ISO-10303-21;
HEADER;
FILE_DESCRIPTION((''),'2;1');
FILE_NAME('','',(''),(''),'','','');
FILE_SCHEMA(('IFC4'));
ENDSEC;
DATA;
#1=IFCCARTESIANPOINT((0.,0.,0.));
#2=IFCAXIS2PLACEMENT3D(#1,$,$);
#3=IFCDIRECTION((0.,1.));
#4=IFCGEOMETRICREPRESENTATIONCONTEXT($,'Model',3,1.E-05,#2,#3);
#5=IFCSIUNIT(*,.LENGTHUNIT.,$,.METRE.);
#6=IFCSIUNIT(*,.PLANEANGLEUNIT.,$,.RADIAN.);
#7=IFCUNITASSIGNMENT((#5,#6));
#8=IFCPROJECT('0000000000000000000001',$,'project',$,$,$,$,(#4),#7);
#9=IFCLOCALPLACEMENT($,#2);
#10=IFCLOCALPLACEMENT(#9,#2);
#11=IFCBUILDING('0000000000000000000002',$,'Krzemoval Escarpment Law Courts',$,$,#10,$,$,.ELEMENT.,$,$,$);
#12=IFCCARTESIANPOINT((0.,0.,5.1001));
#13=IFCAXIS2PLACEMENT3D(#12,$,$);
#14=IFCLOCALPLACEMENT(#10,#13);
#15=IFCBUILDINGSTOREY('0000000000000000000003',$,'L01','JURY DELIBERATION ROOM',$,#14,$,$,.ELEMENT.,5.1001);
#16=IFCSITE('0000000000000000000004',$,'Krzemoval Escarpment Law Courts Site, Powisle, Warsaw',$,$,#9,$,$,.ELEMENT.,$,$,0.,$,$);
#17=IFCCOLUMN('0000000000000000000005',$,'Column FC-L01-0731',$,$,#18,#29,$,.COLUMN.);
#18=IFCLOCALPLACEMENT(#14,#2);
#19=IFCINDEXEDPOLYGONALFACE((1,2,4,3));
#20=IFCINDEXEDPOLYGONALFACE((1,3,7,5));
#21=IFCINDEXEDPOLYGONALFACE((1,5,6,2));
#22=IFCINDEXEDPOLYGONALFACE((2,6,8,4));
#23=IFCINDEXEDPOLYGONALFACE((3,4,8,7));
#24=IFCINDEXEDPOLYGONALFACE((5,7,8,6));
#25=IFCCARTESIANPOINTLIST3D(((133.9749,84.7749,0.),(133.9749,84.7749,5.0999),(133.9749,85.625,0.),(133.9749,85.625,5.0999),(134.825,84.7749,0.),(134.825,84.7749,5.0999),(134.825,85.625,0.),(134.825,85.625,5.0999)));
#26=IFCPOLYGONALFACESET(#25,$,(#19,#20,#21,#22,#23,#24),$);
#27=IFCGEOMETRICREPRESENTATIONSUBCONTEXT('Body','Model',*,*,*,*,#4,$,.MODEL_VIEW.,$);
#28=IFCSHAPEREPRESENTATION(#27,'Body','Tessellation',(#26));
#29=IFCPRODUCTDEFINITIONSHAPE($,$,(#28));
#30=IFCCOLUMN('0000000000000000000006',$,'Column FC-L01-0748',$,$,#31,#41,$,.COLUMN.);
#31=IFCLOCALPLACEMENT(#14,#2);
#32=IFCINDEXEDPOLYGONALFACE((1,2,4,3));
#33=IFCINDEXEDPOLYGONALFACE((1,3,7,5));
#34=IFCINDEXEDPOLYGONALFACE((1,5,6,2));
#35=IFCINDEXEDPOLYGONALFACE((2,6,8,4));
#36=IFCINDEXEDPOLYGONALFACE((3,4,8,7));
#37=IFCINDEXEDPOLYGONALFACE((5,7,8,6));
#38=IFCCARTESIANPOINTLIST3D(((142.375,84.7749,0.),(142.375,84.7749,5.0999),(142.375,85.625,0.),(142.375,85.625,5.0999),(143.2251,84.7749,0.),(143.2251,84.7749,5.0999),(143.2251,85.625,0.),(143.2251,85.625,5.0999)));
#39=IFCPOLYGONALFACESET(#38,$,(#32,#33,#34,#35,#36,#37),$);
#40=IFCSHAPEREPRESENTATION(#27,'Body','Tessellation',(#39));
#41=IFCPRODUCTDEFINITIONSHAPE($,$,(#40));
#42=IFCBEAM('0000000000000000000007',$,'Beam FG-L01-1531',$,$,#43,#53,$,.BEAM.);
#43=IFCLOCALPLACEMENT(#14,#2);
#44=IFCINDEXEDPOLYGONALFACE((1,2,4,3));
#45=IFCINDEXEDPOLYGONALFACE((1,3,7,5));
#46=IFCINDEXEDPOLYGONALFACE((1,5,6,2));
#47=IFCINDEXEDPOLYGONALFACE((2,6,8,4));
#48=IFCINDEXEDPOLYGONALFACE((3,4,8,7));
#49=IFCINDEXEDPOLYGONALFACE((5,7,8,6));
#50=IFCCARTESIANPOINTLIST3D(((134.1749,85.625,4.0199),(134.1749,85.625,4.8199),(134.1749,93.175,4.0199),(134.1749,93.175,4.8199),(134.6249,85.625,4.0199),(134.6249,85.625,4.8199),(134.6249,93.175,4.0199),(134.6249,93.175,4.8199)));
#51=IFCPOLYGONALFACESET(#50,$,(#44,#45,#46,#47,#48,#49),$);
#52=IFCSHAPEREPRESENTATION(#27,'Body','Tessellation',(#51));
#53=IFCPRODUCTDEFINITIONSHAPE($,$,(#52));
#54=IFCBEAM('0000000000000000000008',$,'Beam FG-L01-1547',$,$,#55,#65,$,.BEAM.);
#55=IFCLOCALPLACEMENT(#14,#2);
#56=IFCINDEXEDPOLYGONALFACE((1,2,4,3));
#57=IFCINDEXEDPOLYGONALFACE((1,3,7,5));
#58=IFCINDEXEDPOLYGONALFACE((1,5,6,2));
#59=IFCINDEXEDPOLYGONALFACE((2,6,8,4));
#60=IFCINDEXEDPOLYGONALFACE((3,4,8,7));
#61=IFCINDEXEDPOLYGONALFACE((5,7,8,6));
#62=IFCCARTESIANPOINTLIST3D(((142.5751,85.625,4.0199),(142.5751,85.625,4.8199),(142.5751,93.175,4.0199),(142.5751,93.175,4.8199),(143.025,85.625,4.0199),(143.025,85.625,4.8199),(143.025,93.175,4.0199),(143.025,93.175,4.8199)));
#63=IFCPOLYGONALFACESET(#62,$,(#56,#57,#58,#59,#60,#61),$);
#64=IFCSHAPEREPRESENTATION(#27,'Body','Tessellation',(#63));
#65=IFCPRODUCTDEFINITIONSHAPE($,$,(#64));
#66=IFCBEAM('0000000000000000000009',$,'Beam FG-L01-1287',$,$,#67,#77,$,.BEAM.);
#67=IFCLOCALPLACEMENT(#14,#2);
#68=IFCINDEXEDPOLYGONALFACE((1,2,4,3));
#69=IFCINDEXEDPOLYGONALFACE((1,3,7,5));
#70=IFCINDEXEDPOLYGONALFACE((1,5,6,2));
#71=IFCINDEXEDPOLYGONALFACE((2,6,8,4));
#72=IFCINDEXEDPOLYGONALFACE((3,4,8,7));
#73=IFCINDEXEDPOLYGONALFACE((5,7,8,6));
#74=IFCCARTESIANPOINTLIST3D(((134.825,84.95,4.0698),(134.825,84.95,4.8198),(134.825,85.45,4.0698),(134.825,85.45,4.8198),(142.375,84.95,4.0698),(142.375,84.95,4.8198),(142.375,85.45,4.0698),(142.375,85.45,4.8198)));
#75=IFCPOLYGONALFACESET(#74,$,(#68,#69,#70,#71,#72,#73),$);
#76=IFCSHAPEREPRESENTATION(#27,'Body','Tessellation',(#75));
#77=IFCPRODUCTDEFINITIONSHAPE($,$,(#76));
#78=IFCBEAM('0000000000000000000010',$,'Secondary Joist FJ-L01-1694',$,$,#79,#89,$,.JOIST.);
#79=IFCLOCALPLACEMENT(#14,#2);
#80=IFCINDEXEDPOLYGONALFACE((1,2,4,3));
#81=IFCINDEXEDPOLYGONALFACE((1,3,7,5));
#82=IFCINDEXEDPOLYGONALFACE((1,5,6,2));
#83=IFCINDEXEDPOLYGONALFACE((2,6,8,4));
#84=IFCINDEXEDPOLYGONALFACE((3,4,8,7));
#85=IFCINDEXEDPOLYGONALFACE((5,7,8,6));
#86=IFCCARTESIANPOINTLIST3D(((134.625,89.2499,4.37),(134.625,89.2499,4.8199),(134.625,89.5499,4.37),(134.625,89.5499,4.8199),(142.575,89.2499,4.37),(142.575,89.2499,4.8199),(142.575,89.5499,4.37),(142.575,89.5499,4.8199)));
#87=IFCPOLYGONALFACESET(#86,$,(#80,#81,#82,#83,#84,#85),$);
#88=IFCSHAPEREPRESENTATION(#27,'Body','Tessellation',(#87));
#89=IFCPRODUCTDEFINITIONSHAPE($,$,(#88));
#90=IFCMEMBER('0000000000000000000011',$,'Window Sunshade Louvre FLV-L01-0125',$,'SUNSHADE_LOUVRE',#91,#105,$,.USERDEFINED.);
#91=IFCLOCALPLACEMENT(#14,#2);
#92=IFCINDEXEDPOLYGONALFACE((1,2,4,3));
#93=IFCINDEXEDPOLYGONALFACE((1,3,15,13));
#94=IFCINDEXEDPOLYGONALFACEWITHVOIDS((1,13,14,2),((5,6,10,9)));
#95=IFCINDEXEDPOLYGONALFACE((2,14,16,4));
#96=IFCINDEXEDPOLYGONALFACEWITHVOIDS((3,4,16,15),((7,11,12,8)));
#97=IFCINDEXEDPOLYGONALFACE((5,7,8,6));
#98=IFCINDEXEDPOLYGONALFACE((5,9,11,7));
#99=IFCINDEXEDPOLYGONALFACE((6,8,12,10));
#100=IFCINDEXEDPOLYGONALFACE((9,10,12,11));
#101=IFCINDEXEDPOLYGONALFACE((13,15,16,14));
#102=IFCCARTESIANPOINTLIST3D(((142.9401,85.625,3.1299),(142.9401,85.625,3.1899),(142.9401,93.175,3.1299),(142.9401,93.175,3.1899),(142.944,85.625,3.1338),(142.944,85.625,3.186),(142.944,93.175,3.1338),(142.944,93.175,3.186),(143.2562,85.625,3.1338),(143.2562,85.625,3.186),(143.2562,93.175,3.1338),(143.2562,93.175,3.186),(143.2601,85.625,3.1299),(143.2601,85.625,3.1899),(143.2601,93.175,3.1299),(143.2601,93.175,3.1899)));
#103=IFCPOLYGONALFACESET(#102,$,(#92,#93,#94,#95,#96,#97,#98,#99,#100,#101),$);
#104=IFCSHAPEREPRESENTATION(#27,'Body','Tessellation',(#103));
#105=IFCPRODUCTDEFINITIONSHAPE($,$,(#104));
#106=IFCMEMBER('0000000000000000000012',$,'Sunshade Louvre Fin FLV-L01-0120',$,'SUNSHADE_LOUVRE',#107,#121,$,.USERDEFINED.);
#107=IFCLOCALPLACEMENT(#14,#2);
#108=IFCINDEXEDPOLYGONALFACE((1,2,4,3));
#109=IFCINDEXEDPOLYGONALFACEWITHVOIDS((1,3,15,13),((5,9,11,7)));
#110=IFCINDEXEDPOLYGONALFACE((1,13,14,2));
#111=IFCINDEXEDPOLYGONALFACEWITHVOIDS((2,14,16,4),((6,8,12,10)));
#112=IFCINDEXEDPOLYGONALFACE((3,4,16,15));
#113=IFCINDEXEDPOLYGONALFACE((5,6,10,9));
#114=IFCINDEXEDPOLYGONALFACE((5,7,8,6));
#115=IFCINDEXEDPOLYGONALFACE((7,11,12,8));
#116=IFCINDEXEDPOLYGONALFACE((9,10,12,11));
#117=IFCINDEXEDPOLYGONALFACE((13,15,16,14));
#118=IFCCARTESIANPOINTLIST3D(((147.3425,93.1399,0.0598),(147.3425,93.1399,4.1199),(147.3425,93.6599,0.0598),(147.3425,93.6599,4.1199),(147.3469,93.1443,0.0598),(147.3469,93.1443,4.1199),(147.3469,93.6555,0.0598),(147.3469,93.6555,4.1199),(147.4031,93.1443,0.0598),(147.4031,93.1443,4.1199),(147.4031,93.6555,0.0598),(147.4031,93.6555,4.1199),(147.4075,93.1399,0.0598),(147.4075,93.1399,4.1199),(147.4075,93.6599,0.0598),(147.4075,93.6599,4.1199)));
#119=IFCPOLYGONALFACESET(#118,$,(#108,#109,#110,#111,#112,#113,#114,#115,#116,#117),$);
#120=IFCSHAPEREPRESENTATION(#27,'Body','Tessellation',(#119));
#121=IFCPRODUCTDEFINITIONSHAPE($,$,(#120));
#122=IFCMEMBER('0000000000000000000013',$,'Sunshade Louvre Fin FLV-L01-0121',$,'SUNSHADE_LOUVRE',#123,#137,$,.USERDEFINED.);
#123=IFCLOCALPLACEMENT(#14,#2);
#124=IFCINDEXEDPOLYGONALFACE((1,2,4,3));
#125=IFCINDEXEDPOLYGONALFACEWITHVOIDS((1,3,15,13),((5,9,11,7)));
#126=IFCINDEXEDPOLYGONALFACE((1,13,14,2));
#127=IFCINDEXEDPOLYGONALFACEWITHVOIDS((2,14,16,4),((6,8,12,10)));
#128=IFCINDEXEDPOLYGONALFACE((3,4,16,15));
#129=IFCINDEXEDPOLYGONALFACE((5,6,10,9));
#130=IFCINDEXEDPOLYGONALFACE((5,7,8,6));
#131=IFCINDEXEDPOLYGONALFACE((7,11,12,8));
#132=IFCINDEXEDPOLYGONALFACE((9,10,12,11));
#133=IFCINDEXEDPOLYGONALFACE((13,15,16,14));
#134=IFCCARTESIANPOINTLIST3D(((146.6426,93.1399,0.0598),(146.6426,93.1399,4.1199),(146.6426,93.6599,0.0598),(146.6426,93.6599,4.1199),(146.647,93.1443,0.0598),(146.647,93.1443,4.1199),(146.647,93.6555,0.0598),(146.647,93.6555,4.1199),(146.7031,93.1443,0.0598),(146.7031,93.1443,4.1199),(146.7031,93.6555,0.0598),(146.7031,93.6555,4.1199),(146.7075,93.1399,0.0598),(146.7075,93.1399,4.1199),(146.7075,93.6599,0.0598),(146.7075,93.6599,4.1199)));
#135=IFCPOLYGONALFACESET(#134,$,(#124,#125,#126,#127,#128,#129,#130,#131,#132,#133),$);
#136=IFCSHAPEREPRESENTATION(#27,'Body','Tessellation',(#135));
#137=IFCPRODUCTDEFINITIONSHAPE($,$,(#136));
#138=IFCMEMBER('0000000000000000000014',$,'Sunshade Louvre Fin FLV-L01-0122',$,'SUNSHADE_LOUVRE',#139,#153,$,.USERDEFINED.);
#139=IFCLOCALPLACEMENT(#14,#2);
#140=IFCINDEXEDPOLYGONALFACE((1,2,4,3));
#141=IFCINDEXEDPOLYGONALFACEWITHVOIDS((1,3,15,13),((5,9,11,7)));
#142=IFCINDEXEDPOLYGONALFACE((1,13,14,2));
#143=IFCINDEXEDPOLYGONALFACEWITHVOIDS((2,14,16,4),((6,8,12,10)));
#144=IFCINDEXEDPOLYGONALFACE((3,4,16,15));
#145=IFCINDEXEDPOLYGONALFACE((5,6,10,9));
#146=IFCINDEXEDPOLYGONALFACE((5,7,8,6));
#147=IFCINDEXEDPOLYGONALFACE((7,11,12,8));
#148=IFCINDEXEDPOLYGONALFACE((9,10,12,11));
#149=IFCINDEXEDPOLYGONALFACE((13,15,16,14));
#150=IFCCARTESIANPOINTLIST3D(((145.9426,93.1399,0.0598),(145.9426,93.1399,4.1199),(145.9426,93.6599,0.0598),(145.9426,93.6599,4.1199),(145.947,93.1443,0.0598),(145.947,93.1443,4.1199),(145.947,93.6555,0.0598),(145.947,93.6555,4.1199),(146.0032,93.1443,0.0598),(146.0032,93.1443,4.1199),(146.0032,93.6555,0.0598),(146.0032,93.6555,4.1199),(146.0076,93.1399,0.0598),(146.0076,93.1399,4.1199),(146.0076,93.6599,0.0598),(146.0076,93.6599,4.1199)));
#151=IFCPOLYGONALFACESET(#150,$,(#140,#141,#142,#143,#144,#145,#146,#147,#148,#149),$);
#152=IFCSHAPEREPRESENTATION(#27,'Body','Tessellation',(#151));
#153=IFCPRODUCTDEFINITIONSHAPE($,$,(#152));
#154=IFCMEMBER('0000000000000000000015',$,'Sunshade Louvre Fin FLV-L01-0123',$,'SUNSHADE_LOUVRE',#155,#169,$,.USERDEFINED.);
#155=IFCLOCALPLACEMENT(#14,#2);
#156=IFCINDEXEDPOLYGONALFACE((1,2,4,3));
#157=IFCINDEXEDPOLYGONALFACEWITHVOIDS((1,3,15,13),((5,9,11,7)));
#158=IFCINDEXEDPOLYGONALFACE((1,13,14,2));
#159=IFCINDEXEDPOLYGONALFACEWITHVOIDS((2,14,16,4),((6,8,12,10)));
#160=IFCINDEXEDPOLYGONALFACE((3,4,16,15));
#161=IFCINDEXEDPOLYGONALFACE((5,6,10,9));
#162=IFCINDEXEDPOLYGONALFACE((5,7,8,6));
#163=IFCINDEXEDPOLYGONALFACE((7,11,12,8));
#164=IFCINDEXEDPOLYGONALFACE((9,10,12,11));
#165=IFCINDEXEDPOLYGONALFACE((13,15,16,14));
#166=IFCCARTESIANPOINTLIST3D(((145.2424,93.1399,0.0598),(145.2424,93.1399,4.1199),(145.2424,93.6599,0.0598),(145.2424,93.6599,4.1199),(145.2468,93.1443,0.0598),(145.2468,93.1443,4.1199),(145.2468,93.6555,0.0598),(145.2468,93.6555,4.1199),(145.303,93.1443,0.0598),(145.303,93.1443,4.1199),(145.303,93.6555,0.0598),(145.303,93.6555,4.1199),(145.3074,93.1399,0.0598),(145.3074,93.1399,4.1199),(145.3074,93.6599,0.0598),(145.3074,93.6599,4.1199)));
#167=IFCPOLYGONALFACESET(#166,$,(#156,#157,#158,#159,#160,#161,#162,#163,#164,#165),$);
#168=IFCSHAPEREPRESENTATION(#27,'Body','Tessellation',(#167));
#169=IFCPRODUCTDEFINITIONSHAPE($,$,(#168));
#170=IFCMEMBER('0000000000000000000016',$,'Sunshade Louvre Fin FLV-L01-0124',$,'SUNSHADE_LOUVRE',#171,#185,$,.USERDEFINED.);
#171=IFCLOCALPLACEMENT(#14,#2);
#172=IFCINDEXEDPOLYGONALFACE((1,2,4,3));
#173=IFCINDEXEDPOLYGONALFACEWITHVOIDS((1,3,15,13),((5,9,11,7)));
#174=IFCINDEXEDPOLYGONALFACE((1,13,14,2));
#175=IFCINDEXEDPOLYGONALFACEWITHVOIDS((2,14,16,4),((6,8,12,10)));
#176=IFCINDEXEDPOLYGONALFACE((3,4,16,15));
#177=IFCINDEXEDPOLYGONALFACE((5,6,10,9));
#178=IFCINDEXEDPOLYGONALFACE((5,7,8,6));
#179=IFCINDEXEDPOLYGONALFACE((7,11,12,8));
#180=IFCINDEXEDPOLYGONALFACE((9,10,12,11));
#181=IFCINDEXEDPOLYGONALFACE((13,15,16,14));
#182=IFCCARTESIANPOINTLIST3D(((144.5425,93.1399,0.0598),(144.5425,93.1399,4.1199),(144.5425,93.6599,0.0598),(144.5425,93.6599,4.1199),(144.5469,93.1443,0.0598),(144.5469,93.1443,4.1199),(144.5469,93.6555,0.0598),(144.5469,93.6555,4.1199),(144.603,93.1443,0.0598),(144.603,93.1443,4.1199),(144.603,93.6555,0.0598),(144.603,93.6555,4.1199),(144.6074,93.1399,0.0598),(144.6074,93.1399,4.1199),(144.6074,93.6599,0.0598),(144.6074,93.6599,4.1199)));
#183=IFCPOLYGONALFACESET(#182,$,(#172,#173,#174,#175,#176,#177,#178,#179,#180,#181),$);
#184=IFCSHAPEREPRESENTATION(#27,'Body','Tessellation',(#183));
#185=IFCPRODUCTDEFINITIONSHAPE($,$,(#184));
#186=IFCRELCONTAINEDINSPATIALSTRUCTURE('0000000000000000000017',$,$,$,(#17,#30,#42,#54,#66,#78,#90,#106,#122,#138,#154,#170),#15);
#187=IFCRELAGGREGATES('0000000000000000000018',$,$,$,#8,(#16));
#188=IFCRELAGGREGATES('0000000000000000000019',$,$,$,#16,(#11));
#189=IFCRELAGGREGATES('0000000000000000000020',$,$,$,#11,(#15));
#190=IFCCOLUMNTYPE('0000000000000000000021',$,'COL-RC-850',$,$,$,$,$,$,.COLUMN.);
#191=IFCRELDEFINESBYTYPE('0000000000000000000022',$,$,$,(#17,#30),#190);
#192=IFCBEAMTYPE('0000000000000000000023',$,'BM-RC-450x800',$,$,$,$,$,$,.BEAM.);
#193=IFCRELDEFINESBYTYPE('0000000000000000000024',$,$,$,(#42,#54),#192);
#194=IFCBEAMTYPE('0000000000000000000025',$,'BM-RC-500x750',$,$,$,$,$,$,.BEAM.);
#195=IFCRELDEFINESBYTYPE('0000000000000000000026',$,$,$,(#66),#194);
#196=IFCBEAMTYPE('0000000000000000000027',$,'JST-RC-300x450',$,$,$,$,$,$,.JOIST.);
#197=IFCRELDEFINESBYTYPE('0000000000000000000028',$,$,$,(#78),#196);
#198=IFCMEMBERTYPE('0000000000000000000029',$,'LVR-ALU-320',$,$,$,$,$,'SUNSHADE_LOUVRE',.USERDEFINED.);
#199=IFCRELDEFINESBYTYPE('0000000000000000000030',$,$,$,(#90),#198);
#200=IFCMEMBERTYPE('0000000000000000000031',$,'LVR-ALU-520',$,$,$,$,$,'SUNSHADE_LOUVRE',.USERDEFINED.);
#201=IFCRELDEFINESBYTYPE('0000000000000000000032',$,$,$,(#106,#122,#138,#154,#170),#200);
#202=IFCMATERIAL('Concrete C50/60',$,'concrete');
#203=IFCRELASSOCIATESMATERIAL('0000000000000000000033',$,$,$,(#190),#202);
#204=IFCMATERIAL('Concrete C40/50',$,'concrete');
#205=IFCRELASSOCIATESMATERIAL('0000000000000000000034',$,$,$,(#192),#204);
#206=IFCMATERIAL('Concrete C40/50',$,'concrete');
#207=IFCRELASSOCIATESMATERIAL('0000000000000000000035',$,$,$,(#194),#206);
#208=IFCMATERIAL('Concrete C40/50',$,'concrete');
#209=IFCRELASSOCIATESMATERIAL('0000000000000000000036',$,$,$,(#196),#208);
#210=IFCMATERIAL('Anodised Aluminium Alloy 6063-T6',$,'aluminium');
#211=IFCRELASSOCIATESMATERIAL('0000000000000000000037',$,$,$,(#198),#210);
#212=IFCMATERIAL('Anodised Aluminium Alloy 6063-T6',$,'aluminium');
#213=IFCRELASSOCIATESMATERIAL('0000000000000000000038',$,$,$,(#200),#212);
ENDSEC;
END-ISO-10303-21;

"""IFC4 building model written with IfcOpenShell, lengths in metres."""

from ifc_helpers import new_model, si_unit, direction, frame, origin, origin_2d, place, context, subcontext, project, spatial, rectangle, hollow_rectangle, extrude, material, material_profile, profile_set, type_object, element, save


model = new_model("IFC4")

# Units and contexts
model_context = context("Model", 3, precision=1e-05, world=origin(), true_north=direction((0.0, 1.0)))
body_context = subcontext(model_context, "Body", "Model", "MODEL_VIEW")
ifc_project = project(units=[si_unit("LENGTHUNIT", "METRE"), si_unit("PLANEANGLEUNIT", "RADIAN")], contexts=[model_context])

# Site, building, storey
site_placement = place(None, origin())
site = spatial("IfcSite", under=ifc_project, at=site_placement, Name="Krzemoval Escarpment Law Courts Site, Powisle, Warsaw", CompositionType="ELEMENT", RefElevation=0.0)
building_placement = place(site_placement, origin())
building = spatial("IfcBuilding", under=site, at=building_placement, Name="Krzemoval Escarpment Law Courts", CompositionType="ELEMENT")
storey_placement = place(building_placement, frame((0.0, 0.0, 5.1001)))
storey = spatial("IfcBuildingStorey", under=building, at=storey_placement, Name="L01", Description="JURY DELIBERATION ROOM", CompositionType="ELEMENT", Elevation=5.1001)

# Columns
ifc_material_1 = material(Name="Concrete C50/60", Category="concrete")
ifc_material_profile_1 = material_profile(ifc_material_1, rectangle(XDim=0.8501, YDim=0.8501, at=origin_2d()), Name="RC 850x850")
ifc_profile_set_1 = profile_set([ifc_material_profile_1], Name="Concrete C50/60")
column_type = type_object("IfcColumnType", Name="COL-RC-850", PredefinedType="COLUMN", material=ifc_profile_set_1)
for number, where, z_axis, x_axis, name in (
    (1, (134.3999, 85.2, 0.0), (0.0, 0.0, 1.0), (1.0, 0.0, 0.0), "Column FC-L01-0731"),
    (2, (142.8, 85.2, 0.0), (0.0, 0.0, 1.0), (1.0, 0.0, 0.0), "Column FC-L01-0748"),
):
    element("IfcColumn", number, at=place(storey_placement, frame(where, z_axis=z_axis, x_axis=x_axis)), inside=storey, type_object=column_type, Name=name, PredefinedType="COLUMN", context=body_context, shape_type="SweptSolid", body=[
        extrude(rectangle(XDim=0.8501, YDim=0.8501, at=origin_2d()), origin(), (0.0, 0.0, 1.0), 5.0999),
    ])

# Beams
ifc_material_2 = material(Name="Concrete C40/50", Category="concrete")
ifc_material_profile_2 = material_profile(ifc_material_2, rectangle(XDim=0.45, YDim=0.8, at=origin_2d()), Name="RCB 450x800")
ifc_profile_set_2 = profile_set([ifc_material_profile_2], Name="Concrete C40/50")
beam_type_1 = type_object("IfcBeamType", Name="BM-RC-450x800", PredefinedType="BEAM", material=ifc_profile_set_2)
for number, where, z_axis, x_axis, name in (
    (3, (134.3999, 85.625, 4.4199), (0.0, 1.0, 0.0), (-1.0, 0.0, 0.0), "Beam FG-L01-1531"),
    (4, (142.8, 85.625, 4.4199), (0.0, 1.0, 0.0), (-1.0, 0.0, 0.0), "Beam FG-L01-1547"),
):
    element("IfcBeam", number, at=place(storey_placement, frame(where, z_axis=z_axis, x_axis=x_axis)), inside=storey, type_object=beam_type_1, Name=name, PredefinedType="BEAM", context=body_context, shape_type="SweptSolid", body=[
        extrude(rectangle(XDim=0.45, YDim=0.8, at=origin_2d()), origin(), (0.0, 0.0, 1.0), 7.55),
    ])
ifc_material_3 = material(Name="Concrete C40/50", Category="concrete")
ifc_material_profile_3 = material_profile(ifc_material_3, rectangle(XDim=0.5, YDim=0.75, at=origin_2d()), Name="RCB 500x750")
ifc_profile_set_3 = profile_set([ifc_material_profile_3], Name="Concrete C40/50")
beam_type_2 = type_object("IfcBeamType", Name="BM-RC-500x750", PredefinedType="BEAM", material=ifc_profile_set_3)
beam_1_placement = place(storey_placement, frame((134.825, 85.2, 4.4448), z_axis=(1.0, 0.0, 0.0), x_axis=(0.0, 1.0, 0.0)))
element("IfcBeam", 5, at=beam_1_placement, inside=storey, type_object=beam_type_2, Name="Beam FG-L01-1287", PredefinedType="BEAM", context=body_context, shape_type="SweptSolid", body=[
    extrude(rectangle(XDim=0.5, YDim=0.75, at=origin_2d()), origin(), (0.0, 0.0, 1.0), 7.55),
])
ifc_material_4 = material(Name="Concrete C40/50", Category="concrete")
ifc_material_profile_4 = material_profile(ifc_material_4, rectangle(XDim=0.3, YDim=0.45, at=origin_2d()), Name="RCB 300x450")
ifc_profile_set_4 = profile_set([ifc_material_profile_4], Name="Concrete C40/50")
beam_type_3 = type_object("IfcBeamType", Name="JST-RC-300x450", PredefinedType="JOIST", material=ifc_profile_set_4)
beam_2_placement = place(storey_placement, frame((134.625, 89.3999, 4.595), z_axis=(1.0, 0.0, 0.0), x_axis=(0.0, 1.0, 0.0)))
element("IfcBeam", 6, at=beam_2_placement, inside=storey, type_object=beam_type_3, Name="Secondary Joist FJ-L01-1694", PredefinedType="JOIST", context=body_context, shape_type="SweptSolid", body=[
    extrude(rectangle(XDim=0.3, YDim=0.45, at=origin_2d()), origin(), (0.0, 0.0, 1.0), 7.95),
])

# Members
ifc_material_5 = material(Name="Anodised Aluminium Alloy 6063-T6", Category="aluminium")
ifc_material_profile_5 = material_profile(ifc_material_5, hollow_rectangle(XDim=0.0601, YDim=0.3201, WallThickness=0.0039, at=origin_2d()), Name="ALU LVR 60x320")
ifc_profile_set_5 = profile_set([ifc_material_profile_5], Name="Anodised Aluminium Alloy 6063-T6")
member_type_1 = type_object("IfcMemberType", Name="LVR-ALU-320", ElementType="SUNSHADE_LOUVRE", PredefinedType="USERDEFINED", material=ifc_profile_set_5)
member_placement = place(storey_placement, frame((143.1001, 93.175, 3.1599), z_axis=(0.0, -1.0, 0.0), x_axis=(0.0, 0.0, 1.0)))
element("IfcMember", 7, at=member_placement, inside=storey, type_object=member_type_1, Name="Window Sunshade Louvre FLV-L01-0125", ObjectType="SUNSHADE_LOUVRE", PredefinedType="USERDEFINED", context=body_context, shape_type="SweptSolid", body=[
    extrude(hollow_rectangle(XDim=0.0601, YDim=0.3201, WallThickness=0.0039, at=origin_2d()), origin(), (0.0, 0.0, 1.0), 7.55),
])
ifc_material_6 = material(Name="Anodised Aluminium Alloy 6063-T6", Category="aluminium")
ifc_material_profile_6 = material_profile(ifc_material_6, hollow_rectangle(XDim=0.0649, YDim=0.52, WallThickness=0.0044, at=origin_2d()), Name="ALU LVR 65x520")
ifc_profile_set_6 = profile_set([ifc_material_profile_6], Name="Anodised Aluminium Alloy 6063-T6")
member_type_2 = type_object("IfcMemberType", Name="LVR-ALU-520", ElementType="SUNSHADE_LOUVRE", PredefinedType="USERDEFINED", material=ifc_profile_set_6)
for number, where, z_axis, x_axis, name in (
    (8, (147.375, 93.3999, 0.0598), (0.0, 0.0, 1.0), (1.0, 0.0, 0.0), "Sunshade Louvre Fin FLV-L01-0120"),
    (9, (146.675, 93.3999, 0.0598), (0.0, 0.0, 1.0), (1.0, 0.0, 0.0), "Sunshade Louvre Fin FLV-L01-0121"),
    (10, (145.9751, 93.3999, 0.0598), (0.0, 0.0, 1.0), (1.0, 0.0, 0.0), "Sunshade Louvre Fin FLV-L01-0122"),
    (11, (145.2749, 93.3999, 0.0598), (0.0, 0.0, 1.0), (1.0, 0.0, 0.0), "Sunshade Louvre Fin FLV-L01-0123"),
    (12, (144.575, 93.3999, 0.0598), (0.0, 0.0, 1.0), (1.0, 0.0, 0.0), "Sunshade Louvre Fin FLV-L01-0124"),
):
    element("IfcMember", number, at=place(storey_placement, frame(where, z_axis=z_axis, x_axis=x_axis)), inside=storey, type_object=member_type_2, Name=name, ObjectType="SUNSHADE_LOUVRE", PredefinedType="USERDEFINED", context=body_context, shape_type="SweptSolid", body=[
        extrude(hollow_rectangle(XDim=0.0649, YDim=0.52, WallThickness=0.0044, at=origin_2d()), origin(), (0.0, 0.0, 1.0), 4.0601),
    ])

save(model, "model.ifc")
